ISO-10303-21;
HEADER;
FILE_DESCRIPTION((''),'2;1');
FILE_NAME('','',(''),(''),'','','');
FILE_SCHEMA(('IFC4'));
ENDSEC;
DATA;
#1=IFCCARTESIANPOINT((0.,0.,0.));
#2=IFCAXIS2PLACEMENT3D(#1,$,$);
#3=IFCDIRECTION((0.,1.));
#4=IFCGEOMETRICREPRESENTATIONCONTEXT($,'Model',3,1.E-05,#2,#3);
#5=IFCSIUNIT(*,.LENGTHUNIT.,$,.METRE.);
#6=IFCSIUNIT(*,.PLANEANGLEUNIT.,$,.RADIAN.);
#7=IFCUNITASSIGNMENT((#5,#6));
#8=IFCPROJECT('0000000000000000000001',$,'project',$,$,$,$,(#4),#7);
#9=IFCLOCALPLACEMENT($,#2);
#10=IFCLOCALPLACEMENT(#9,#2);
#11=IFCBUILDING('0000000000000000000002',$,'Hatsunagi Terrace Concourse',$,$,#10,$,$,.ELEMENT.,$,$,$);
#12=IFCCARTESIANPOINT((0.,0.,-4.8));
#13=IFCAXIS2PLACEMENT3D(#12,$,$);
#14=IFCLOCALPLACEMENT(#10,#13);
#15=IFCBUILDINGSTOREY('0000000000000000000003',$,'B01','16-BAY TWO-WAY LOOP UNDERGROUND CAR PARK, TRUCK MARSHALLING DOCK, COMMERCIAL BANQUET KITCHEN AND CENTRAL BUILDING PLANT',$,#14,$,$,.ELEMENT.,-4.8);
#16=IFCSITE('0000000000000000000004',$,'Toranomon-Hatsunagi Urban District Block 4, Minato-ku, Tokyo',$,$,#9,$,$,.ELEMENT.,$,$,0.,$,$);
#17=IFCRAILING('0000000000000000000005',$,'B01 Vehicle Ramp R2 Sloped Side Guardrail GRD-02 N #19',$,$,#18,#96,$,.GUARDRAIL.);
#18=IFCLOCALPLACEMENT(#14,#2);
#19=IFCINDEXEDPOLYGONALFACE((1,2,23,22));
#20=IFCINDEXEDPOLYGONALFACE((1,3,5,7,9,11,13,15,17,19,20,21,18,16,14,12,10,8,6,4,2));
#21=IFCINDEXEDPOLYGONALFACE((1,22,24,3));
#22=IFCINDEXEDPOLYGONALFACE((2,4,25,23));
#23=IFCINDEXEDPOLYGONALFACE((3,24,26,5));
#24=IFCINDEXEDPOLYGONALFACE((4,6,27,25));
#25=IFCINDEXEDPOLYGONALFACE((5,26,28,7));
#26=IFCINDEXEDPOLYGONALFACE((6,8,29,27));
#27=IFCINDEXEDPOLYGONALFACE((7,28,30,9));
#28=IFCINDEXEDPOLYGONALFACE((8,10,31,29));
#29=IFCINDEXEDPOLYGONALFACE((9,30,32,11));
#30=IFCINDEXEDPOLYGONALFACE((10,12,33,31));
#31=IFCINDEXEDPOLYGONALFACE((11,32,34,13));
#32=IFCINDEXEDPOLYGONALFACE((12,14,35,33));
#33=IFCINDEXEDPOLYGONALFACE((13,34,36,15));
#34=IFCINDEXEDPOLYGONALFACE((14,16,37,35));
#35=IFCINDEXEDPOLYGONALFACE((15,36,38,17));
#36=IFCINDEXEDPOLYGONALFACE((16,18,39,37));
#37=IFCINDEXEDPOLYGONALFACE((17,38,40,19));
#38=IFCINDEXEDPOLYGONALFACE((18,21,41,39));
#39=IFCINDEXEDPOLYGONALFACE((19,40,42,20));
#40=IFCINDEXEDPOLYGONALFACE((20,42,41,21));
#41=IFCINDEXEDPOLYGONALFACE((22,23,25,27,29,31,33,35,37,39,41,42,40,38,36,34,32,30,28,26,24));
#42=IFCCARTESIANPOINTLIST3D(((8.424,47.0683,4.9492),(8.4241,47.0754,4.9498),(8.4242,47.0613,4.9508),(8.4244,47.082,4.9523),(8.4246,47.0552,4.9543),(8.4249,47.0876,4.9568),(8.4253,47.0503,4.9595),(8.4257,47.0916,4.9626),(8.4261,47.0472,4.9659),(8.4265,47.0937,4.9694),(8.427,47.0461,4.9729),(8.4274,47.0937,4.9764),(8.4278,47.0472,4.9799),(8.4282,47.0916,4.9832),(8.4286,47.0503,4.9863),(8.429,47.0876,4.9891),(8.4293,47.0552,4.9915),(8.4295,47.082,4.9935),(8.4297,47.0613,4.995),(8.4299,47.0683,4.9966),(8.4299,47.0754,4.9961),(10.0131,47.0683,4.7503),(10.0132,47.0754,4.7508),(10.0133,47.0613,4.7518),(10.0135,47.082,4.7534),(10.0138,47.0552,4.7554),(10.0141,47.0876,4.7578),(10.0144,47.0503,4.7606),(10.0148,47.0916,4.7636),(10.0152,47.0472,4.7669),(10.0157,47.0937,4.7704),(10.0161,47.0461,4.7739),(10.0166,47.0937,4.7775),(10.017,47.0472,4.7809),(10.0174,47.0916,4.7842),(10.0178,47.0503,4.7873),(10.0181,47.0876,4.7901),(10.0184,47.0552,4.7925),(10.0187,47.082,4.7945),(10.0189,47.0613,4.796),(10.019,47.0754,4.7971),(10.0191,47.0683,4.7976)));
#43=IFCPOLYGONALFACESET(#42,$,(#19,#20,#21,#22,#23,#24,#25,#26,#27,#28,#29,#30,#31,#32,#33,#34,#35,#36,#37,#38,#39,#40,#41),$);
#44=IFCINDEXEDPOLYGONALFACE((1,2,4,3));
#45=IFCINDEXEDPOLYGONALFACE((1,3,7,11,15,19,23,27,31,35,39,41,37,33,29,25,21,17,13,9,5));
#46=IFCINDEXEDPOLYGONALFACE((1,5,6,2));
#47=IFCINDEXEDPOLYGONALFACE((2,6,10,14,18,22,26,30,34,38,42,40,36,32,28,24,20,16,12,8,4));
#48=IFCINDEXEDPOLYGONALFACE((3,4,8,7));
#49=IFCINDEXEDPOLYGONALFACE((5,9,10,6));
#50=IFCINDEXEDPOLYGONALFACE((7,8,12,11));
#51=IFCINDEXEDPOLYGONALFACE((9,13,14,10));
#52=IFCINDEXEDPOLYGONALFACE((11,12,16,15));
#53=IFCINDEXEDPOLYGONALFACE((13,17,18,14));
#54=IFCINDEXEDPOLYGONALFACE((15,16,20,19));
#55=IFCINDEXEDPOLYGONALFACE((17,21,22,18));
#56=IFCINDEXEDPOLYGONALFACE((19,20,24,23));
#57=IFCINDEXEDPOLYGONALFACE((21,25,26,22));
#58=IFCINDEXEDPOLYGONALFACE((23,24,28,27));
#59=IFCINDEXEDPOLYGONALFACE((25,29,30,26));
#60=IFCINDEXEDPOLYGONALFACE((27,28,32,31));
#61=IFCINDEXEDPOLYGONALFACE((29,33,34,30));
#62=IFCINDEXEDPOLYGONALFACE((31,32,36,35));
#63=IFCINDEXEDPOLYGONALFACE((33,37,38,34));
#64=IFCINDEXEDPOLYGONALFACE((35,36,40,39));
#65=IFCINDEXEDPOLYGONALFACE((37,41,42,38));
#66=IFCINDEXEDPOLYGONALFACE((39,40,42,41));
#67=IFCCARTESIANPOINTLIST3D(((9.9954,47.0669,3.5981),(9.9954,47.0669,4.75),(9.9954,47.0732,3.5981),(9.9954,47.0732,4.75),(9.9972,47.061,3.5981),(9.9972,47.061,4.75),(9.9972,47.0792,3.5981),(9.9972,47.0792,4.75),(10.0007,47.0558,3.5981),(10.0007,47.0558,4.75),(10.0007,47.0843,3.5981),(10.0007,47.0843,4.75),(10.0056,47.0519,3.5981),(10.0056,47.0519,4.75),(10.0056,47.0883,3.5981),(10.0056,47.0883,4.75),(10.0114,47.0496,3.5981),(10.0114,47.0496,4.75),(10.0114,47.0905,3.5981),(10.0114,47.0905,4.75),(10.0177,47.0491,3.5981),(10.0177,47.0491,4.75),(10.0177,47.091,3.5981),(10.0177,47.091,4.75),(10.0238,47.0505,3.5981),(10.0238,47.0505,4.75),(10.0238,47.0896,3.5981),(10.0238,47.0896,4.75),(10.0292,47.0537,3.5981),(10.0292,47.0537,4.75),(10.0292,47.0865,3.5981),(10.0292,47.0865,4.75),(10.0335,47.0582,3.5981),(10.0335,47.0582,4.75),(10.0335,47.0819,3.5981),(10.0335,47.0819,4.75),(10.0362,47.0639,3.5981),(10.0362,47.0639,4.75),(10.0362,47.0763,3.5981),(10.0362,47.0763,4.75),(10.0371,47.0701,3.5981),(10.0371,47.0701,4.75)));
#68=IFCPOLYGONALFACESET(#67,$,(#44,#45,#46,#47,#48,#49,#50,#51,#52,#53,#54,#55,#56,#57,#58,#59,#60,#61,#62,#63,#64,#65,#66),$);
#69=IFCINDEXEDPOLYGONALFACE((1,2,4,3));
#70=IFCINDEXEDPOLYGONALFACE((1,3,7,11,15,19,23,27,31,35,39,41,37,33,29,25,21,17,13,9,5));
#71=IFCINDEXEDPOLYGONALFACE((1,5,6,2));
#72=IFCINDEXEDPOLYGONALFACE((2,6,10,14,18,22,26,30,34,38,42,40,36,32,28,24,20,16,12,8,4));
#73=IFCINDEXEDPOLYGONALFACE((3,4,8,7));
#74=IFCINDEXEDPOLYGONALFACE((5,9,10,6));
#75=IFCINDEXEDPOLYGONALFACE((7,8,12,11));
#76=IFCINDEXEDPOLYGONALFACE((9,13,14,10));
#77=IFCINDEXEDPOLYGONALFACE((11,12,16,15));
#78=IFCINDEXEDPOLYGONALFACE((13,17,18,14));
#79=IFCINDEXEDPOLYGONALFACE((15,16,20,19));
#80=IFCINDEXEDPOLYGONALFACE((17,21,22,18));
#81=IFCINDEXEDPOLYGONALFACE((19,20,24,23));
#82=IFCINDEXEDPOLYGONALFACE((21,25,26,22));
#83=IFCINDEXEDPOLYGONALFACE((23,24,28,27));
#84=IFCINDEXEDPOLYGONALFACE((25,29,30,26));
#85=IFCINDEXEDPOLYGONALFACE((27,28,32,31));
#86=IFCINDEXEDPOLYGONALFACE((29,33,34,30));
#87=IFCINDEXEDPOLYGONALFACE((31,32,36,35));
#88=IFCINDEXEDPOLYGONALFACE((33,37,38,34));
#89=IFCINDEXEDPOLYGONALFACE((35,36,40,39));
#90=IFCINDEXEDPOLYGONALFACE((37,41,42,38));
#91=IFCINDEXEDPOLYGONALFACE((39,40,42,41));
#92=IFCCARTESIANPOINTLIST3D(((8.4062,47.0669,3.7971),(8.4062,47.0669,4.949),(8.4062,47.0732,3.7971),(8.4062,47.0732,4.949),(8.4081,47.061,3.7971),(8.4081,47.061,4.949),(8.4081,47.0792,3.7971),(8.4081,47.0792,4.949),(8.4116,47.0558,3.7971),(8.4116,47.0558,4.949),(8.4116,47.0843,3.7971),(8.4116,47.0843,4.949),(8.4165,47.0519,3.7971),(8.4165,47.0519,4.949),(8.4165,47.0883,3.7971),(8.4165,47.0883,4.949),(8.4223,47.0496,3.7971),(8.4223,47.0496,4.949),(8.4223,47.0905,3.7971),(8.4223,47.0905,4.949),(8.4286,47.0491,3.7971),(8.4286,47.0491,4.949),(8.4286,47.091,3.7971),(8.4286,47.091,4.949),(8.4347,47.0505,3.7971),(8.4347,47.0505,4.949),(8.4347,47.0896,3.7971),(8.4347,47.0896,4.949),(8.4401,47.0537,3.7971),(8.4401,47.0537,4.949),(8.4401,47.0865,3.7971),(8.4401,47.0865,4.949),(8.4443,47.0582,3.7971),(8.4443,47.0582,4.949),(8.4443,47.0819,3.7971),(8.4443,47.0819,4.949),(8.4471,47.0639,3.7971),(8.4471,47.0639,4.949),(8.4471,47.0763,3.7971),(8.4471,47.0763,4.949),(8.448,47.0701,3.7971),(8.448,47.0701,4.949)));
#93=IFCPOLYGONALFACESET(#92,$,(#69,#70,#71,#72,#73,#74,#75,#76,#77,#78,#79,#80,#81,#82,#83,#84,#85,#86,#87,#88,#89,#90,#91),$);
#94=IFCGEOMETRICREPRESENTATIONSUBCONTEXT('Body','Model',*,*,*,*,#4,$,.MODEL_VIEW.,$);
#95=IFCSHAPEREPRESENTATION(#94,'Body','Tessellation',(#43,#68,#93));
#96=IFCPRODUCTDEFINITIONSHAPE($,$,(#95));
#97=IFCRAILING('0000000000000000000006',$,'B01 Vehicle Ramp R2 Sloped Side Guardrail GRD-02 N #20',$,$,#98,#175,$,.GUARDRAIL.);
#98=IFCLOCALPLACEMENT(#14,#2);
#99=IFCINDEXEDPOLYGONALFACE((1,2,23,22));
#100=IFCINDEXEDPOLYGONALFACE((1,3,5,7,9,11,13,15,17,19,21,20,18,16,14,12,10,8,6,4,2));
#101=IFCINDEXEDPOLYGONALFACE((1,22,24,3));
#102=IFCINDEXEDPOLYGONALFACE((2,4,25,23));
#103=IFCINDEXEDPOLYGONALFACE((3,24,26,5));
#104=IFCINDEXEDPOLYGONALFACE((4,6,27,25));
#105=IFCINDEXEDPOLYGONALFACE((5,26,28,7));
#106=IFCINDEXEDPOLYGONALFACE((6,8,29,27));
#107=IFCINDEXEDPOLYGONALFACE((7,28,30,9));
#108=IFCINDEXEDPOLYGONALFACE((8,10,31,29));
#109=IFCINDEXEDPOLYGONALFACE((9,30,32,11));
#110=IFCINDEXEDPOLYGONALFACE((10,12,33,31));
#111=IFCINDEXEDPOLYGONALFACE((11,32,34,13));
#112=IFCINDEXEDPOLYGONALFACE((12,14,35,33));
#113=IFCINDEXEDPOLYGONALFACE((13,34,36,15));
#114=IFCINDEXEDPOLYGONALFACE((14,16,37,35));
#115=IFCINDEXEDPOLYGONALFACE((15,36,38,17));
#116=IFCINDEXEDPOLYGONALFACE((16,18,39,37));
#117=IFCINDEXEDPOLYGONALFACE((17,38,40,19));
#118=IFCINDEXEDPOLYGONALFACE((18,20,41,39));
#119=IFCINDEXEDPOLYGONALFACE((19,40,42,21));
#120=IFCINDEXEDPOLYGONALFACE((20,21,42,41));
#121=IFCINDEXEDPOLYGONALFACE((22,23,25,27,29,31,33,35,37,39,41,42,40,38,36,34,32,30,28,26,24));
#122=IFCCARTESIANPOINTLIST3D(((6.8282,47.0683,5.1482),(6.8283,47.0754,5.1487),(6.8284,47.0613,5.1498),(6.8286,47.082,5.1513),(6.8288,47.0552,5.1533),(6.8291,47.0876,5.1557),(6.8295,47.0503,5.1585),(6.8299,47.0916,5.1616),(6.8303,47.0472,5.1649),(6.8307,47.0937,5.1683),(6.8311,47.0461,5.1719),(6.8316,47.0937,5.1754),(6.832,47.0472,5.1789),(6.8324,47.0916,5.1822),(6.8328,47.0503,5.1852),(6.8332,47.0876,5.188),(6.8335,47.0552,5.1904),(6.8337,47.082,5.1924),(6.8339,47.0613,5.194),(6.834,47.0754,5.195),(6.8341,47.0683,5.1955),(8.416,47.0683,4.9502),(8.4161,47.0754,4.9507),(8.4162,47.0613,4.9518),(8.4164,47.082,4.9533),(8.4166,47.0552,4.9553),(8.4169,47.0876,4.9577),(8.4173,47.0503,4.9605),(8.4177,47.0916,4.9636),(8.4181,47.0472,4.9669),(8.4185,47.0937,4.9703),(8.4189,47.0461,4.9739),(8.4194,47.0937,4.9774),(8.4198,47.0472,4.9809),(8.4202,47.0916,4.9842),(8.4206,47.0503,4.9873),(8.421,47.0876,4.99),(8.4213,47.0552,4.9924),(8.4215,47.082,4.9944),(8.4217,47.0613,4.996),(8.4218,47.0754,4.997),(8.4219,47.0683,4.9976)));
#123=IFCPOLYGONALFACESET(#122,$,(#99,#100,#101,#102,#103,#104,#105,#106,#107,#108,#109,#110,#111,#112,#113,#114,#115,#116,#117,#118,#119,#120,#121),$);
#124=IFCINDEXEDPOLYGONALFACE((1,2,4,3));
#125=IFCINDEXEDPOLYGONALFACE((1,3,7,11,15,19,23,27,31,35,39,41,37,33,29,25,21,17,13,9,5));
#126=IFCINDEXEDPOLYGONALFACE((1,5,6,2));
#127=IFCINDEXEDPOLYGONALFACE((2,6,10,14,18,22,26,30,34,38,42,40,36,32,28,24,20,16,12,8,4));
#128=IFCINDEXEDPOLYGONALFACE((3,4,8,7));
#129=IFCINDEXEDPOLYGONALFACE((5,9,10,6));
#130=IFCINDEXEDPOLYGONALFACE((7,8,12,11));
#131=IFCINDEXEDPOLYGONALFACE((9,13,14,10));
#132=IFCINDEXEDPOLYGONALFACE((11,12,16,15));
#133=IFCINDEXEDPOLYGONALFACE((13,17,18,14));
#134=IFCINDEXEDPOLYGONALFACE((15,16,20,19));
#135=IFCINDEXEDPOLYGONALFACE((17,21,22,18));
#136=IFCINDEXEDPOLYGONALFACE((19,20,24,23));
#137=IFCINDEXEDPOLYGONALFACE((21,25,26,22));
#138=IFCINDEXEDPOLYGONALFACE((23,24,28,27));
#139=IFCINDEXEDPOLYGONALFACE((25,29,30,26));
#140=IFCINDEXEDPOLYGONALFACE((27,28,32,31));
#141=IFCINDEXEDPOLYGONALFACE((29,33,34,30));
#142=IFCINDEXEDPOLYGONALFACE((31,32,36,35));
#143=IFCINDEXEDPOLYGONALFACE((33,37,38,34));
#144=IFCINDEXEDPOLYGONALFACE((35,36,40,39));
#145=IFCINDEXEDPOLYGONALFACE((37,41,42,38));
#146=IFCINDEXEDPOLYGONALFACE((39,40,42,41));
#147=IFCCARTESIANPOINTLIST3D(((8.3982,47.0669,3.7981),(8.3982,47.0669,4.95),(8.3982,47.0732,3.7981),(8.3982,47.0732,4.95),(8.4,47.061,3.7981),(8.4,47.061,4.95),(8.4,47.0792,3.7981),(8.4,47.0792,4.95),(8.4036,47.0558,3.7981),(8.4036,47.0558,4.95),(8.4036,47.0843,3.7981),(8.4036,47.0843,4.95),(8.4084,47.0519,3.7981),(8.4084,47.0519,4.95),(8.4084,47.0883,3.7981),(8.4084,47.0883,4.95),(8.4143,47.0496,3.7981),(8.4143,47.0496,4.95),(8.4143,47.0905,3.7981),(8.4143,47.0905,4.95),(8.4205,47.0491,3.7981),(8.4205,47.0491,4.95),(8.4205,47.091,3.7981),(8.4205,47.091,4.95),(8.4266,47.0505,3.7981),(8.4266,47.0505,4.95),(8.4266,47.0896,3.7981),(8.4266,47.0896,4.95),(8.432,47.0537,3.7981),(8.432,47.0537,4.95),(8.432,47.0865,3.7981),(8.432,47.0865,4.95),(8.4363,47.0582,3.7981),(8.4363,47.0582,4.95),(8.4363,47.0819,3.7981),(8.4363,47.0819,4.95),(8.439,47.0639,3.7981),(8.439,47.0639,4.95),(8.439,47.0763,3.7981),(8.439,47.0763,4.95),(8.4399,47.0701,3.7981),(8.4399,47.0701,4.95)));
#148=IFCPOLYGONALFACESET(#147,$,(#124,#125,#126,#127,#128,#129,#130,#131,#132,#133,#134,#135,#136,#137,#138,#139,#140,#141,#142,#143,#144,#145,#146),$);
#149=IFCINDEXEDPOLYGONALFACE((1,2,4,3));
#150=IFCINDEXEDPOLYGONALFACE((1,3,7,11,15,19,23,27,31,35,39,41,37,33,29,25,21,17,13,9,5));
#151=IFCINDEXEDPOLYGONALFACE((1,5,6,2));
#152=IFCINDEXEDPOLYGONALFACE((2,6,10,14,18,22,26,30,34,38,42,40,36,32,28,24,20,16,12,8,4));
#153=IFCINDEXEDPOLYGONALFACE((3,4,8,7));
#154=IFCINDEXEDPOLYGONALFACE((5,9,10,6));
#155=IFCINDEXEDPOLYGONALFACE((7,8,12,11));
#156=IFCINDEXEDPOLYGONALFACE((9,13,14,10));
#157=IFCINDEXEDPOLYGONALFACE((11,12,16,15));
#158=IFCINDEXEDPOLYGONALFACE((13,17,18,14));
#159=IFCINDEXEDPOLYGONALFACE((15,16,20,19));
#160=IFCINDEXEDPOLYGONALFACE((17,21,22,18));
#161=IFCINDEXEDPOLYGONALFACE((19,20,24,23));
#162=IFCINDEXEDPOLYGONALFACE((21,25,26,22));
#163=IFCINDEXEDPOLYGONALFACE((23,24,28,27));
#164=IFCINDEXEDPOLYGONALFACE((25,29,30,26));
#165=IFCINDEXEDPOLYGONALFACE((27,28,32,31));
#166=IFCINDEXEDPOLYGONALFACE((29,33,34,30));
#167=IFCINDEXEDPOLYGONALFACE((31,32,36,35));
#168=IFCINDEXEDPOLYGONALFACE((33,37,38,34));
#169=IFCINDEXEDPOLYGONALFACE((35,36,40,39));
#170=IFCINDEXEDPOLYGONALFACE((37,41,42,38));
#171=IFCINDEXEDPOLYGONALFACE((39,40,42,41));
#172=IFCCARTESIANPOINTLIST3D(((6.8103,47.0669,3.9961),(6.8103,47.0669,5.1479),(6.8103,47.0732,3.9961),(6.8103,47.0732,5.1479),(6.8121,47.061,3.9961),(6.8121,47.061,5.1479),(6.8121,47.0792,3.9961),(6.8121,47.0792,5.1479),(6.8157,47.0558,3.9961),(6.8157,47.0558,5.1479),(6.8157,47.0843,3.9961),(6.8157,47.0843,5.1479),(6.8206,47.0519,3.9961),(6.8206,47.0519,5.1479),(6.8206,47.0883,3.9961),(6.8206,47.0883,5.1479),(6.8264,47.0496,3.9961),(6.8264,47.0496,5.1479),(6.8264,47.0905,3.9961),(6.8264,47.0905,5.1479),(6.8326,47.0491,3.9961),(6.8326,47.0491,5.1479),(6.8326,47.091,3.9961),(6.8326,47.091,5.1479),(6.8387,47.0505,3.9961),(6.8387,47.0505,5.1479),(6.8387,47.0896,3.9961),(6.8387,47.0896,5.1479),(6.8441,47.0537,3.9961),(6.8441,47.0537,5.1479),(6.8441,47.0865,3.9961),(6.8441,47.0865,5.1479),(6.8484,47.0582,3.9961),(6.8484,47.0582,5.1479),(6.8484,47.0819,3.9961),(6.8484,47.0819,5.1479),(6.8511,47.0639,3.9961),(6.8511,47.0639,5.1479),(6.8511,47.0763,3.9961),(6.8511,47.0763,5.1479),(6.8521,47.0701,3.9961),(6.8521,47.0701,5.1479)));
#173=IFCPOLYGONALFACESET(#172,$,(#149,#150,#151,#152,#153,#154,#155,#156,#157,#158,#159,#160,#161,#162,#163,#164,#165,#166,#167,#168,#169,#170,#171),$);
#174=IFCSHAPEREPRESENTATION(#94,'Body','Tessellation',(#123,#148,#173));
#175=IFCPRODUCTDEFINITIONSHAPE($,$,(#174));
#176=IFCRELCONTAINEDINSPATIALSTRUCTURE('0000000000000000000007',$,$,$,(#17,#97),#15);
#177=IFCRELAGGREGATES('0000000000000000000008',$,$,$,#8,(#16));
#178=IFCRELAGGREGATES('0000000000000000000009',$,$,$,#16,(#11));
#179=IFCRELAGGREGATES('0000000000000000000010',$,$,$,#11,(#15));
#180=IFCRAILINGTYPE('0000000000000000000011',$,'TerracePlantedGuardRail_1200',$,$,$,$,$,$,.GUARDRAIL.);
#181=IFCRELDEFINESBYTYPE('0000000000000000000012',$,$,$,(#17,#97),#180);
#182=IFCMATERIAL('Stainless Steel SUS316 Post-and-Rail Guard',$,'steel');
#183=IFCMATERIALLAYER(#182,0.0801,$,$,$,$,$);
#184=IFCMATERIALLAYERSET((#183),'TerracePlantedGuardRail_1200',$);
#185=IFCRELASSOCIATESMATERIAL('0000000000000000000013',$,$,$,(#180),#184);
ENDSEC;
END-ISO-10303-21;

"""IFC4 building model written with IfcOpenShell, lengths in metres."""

from ifc_helpers import new_model, si_unit, direction, frame, origin, origin_2d, place, context, subcontext, project, spatial, circle, extrude, material, layer, layer_set, type_object, element, save


model = new_model("IFC4")

# Units and contexts
model_context = context("Model", 3, precision=1e-05, world=origin(), true_north=direction((0.0, 1.0)))
body_context = subcontext(model_context, "Body", "Model", "MODEL_VIEW")
ifc_project = project(units=[si_unit("LENGTHUNIT", "METRE"), si_unit("PLANEANGLEUNIT", "RADIAN")], contexts=[model_context])

# Site, building, storey
site_placement = place(None, origin())
site = spatial("IfcSite", under=ifc_project, at=site_placement, Name="Toranomon-Hatsunagi Urban District Block 4, Minato-ku, Tokyo", CompositionType="ELEMENT", RefElevation=0.0)
building_placement = place(site_placement, origin())
building = spatial("IfcBuilding", under=site, at=building_placement, Name="Hatsunagi Terrace Concourse", CompositionType="ELEMENT")
storey_placement = place(building_placement, frame((0.0, 0.0, -4.8)))
storey = spatial("IfcBuildingStorey", under=building, at=storey_placement, Name="B01", Description="16-BAY TWO-WAY LOOP UNDERGROUND CAR PARK, TRUCK MARSHALLING DOCK, COMMERCIAL BANQUET KITCHEN AND CENTRAL BUILDING PLANT", CompositionType="ELEMENT", Elevation=-4.8)

# Railings
ifc_material_1 = material(Name="Stainless Steel SUS316 Post-and-Rail Guard", Category="steel")
ifc_layer_1 = layer(ifc_material_1, 0.0801)
ifc_layer_set_1 = layer_set([ifc_layer_1], Name="TerracePlantedGuardRail_1200")
railing_type = type_object("IfcRailingType", Name="TerracePlantedGuardRail_1200", PredefinedType="GUARDRAIL", material=ifc_layer_set_1)
railing_1_placement = place(storey_placement, frame((10.0161, 47.0701, 3.5981)))
element("IfcRailing", 1, at=railing_1_placement, inside=storey, type_object=railing_type, Name="B01 Vehicle Ramp R2 Sloped Side Guardrail GRD-02 N #19", PredefinedType="GUARDRAIL", context=body_context, shape_type="SweptSolid", body=[
    extrude(circle(Radius=0.0239, at=origin_2d()), frame((0.0, 0.0, 1.1758), z_axis=(-0.992252, 0.0, 0.124241), x_axis=(0.0, -1.0, 0.0)), (0.0, 0.0, 1.0), 1.6016),
    extrude(circle(Radius=0.021, at=origin_2d()), origin(), (0.0, 0.0, 1.0), 1.1519),
    extrude(circle(Radius=0.021, at=origin_2d()), frame((-1.5891, 0.0, 0.199)), (0.0, 0.0, 1.0), 1.1519),
])
railing_2_placement = place(storey_placement, frame((8.4189, 47.0701, 3.7981)))
element("IfcRailing", 2, at=railing_2_placement, inside=storey, type_object=railing_type, Name="B01 Vehicle Ramp R2 Sloped Side Guardrail GRD-02 N #20", PredefinedType="GUARDRAIL", context=body_context, shape_type="SweptSolid", body=[
    extrude(circle(Radius=0.0239, at=origin_2d()), frame((0.0, 0.0, 1.1758), z_axis=(-0.992315, 0.0, 0.123734), x_axis=(0.0, -1.0, 0.0)), (0.0, 0.0, 1.0), 1.6001),
    extrude(circle(Radius=0.021, at=origin_2d()), origin(), (0.0, 0.0, 1.0), 1.1519),
    extrude(circle(Radius=0.021, at=origin_2d()), frame((-1.5879, 0.0, 0.198)), (0.0, 0.0, 1.0), 1.1519),
])

save(model, "model.ifc")
